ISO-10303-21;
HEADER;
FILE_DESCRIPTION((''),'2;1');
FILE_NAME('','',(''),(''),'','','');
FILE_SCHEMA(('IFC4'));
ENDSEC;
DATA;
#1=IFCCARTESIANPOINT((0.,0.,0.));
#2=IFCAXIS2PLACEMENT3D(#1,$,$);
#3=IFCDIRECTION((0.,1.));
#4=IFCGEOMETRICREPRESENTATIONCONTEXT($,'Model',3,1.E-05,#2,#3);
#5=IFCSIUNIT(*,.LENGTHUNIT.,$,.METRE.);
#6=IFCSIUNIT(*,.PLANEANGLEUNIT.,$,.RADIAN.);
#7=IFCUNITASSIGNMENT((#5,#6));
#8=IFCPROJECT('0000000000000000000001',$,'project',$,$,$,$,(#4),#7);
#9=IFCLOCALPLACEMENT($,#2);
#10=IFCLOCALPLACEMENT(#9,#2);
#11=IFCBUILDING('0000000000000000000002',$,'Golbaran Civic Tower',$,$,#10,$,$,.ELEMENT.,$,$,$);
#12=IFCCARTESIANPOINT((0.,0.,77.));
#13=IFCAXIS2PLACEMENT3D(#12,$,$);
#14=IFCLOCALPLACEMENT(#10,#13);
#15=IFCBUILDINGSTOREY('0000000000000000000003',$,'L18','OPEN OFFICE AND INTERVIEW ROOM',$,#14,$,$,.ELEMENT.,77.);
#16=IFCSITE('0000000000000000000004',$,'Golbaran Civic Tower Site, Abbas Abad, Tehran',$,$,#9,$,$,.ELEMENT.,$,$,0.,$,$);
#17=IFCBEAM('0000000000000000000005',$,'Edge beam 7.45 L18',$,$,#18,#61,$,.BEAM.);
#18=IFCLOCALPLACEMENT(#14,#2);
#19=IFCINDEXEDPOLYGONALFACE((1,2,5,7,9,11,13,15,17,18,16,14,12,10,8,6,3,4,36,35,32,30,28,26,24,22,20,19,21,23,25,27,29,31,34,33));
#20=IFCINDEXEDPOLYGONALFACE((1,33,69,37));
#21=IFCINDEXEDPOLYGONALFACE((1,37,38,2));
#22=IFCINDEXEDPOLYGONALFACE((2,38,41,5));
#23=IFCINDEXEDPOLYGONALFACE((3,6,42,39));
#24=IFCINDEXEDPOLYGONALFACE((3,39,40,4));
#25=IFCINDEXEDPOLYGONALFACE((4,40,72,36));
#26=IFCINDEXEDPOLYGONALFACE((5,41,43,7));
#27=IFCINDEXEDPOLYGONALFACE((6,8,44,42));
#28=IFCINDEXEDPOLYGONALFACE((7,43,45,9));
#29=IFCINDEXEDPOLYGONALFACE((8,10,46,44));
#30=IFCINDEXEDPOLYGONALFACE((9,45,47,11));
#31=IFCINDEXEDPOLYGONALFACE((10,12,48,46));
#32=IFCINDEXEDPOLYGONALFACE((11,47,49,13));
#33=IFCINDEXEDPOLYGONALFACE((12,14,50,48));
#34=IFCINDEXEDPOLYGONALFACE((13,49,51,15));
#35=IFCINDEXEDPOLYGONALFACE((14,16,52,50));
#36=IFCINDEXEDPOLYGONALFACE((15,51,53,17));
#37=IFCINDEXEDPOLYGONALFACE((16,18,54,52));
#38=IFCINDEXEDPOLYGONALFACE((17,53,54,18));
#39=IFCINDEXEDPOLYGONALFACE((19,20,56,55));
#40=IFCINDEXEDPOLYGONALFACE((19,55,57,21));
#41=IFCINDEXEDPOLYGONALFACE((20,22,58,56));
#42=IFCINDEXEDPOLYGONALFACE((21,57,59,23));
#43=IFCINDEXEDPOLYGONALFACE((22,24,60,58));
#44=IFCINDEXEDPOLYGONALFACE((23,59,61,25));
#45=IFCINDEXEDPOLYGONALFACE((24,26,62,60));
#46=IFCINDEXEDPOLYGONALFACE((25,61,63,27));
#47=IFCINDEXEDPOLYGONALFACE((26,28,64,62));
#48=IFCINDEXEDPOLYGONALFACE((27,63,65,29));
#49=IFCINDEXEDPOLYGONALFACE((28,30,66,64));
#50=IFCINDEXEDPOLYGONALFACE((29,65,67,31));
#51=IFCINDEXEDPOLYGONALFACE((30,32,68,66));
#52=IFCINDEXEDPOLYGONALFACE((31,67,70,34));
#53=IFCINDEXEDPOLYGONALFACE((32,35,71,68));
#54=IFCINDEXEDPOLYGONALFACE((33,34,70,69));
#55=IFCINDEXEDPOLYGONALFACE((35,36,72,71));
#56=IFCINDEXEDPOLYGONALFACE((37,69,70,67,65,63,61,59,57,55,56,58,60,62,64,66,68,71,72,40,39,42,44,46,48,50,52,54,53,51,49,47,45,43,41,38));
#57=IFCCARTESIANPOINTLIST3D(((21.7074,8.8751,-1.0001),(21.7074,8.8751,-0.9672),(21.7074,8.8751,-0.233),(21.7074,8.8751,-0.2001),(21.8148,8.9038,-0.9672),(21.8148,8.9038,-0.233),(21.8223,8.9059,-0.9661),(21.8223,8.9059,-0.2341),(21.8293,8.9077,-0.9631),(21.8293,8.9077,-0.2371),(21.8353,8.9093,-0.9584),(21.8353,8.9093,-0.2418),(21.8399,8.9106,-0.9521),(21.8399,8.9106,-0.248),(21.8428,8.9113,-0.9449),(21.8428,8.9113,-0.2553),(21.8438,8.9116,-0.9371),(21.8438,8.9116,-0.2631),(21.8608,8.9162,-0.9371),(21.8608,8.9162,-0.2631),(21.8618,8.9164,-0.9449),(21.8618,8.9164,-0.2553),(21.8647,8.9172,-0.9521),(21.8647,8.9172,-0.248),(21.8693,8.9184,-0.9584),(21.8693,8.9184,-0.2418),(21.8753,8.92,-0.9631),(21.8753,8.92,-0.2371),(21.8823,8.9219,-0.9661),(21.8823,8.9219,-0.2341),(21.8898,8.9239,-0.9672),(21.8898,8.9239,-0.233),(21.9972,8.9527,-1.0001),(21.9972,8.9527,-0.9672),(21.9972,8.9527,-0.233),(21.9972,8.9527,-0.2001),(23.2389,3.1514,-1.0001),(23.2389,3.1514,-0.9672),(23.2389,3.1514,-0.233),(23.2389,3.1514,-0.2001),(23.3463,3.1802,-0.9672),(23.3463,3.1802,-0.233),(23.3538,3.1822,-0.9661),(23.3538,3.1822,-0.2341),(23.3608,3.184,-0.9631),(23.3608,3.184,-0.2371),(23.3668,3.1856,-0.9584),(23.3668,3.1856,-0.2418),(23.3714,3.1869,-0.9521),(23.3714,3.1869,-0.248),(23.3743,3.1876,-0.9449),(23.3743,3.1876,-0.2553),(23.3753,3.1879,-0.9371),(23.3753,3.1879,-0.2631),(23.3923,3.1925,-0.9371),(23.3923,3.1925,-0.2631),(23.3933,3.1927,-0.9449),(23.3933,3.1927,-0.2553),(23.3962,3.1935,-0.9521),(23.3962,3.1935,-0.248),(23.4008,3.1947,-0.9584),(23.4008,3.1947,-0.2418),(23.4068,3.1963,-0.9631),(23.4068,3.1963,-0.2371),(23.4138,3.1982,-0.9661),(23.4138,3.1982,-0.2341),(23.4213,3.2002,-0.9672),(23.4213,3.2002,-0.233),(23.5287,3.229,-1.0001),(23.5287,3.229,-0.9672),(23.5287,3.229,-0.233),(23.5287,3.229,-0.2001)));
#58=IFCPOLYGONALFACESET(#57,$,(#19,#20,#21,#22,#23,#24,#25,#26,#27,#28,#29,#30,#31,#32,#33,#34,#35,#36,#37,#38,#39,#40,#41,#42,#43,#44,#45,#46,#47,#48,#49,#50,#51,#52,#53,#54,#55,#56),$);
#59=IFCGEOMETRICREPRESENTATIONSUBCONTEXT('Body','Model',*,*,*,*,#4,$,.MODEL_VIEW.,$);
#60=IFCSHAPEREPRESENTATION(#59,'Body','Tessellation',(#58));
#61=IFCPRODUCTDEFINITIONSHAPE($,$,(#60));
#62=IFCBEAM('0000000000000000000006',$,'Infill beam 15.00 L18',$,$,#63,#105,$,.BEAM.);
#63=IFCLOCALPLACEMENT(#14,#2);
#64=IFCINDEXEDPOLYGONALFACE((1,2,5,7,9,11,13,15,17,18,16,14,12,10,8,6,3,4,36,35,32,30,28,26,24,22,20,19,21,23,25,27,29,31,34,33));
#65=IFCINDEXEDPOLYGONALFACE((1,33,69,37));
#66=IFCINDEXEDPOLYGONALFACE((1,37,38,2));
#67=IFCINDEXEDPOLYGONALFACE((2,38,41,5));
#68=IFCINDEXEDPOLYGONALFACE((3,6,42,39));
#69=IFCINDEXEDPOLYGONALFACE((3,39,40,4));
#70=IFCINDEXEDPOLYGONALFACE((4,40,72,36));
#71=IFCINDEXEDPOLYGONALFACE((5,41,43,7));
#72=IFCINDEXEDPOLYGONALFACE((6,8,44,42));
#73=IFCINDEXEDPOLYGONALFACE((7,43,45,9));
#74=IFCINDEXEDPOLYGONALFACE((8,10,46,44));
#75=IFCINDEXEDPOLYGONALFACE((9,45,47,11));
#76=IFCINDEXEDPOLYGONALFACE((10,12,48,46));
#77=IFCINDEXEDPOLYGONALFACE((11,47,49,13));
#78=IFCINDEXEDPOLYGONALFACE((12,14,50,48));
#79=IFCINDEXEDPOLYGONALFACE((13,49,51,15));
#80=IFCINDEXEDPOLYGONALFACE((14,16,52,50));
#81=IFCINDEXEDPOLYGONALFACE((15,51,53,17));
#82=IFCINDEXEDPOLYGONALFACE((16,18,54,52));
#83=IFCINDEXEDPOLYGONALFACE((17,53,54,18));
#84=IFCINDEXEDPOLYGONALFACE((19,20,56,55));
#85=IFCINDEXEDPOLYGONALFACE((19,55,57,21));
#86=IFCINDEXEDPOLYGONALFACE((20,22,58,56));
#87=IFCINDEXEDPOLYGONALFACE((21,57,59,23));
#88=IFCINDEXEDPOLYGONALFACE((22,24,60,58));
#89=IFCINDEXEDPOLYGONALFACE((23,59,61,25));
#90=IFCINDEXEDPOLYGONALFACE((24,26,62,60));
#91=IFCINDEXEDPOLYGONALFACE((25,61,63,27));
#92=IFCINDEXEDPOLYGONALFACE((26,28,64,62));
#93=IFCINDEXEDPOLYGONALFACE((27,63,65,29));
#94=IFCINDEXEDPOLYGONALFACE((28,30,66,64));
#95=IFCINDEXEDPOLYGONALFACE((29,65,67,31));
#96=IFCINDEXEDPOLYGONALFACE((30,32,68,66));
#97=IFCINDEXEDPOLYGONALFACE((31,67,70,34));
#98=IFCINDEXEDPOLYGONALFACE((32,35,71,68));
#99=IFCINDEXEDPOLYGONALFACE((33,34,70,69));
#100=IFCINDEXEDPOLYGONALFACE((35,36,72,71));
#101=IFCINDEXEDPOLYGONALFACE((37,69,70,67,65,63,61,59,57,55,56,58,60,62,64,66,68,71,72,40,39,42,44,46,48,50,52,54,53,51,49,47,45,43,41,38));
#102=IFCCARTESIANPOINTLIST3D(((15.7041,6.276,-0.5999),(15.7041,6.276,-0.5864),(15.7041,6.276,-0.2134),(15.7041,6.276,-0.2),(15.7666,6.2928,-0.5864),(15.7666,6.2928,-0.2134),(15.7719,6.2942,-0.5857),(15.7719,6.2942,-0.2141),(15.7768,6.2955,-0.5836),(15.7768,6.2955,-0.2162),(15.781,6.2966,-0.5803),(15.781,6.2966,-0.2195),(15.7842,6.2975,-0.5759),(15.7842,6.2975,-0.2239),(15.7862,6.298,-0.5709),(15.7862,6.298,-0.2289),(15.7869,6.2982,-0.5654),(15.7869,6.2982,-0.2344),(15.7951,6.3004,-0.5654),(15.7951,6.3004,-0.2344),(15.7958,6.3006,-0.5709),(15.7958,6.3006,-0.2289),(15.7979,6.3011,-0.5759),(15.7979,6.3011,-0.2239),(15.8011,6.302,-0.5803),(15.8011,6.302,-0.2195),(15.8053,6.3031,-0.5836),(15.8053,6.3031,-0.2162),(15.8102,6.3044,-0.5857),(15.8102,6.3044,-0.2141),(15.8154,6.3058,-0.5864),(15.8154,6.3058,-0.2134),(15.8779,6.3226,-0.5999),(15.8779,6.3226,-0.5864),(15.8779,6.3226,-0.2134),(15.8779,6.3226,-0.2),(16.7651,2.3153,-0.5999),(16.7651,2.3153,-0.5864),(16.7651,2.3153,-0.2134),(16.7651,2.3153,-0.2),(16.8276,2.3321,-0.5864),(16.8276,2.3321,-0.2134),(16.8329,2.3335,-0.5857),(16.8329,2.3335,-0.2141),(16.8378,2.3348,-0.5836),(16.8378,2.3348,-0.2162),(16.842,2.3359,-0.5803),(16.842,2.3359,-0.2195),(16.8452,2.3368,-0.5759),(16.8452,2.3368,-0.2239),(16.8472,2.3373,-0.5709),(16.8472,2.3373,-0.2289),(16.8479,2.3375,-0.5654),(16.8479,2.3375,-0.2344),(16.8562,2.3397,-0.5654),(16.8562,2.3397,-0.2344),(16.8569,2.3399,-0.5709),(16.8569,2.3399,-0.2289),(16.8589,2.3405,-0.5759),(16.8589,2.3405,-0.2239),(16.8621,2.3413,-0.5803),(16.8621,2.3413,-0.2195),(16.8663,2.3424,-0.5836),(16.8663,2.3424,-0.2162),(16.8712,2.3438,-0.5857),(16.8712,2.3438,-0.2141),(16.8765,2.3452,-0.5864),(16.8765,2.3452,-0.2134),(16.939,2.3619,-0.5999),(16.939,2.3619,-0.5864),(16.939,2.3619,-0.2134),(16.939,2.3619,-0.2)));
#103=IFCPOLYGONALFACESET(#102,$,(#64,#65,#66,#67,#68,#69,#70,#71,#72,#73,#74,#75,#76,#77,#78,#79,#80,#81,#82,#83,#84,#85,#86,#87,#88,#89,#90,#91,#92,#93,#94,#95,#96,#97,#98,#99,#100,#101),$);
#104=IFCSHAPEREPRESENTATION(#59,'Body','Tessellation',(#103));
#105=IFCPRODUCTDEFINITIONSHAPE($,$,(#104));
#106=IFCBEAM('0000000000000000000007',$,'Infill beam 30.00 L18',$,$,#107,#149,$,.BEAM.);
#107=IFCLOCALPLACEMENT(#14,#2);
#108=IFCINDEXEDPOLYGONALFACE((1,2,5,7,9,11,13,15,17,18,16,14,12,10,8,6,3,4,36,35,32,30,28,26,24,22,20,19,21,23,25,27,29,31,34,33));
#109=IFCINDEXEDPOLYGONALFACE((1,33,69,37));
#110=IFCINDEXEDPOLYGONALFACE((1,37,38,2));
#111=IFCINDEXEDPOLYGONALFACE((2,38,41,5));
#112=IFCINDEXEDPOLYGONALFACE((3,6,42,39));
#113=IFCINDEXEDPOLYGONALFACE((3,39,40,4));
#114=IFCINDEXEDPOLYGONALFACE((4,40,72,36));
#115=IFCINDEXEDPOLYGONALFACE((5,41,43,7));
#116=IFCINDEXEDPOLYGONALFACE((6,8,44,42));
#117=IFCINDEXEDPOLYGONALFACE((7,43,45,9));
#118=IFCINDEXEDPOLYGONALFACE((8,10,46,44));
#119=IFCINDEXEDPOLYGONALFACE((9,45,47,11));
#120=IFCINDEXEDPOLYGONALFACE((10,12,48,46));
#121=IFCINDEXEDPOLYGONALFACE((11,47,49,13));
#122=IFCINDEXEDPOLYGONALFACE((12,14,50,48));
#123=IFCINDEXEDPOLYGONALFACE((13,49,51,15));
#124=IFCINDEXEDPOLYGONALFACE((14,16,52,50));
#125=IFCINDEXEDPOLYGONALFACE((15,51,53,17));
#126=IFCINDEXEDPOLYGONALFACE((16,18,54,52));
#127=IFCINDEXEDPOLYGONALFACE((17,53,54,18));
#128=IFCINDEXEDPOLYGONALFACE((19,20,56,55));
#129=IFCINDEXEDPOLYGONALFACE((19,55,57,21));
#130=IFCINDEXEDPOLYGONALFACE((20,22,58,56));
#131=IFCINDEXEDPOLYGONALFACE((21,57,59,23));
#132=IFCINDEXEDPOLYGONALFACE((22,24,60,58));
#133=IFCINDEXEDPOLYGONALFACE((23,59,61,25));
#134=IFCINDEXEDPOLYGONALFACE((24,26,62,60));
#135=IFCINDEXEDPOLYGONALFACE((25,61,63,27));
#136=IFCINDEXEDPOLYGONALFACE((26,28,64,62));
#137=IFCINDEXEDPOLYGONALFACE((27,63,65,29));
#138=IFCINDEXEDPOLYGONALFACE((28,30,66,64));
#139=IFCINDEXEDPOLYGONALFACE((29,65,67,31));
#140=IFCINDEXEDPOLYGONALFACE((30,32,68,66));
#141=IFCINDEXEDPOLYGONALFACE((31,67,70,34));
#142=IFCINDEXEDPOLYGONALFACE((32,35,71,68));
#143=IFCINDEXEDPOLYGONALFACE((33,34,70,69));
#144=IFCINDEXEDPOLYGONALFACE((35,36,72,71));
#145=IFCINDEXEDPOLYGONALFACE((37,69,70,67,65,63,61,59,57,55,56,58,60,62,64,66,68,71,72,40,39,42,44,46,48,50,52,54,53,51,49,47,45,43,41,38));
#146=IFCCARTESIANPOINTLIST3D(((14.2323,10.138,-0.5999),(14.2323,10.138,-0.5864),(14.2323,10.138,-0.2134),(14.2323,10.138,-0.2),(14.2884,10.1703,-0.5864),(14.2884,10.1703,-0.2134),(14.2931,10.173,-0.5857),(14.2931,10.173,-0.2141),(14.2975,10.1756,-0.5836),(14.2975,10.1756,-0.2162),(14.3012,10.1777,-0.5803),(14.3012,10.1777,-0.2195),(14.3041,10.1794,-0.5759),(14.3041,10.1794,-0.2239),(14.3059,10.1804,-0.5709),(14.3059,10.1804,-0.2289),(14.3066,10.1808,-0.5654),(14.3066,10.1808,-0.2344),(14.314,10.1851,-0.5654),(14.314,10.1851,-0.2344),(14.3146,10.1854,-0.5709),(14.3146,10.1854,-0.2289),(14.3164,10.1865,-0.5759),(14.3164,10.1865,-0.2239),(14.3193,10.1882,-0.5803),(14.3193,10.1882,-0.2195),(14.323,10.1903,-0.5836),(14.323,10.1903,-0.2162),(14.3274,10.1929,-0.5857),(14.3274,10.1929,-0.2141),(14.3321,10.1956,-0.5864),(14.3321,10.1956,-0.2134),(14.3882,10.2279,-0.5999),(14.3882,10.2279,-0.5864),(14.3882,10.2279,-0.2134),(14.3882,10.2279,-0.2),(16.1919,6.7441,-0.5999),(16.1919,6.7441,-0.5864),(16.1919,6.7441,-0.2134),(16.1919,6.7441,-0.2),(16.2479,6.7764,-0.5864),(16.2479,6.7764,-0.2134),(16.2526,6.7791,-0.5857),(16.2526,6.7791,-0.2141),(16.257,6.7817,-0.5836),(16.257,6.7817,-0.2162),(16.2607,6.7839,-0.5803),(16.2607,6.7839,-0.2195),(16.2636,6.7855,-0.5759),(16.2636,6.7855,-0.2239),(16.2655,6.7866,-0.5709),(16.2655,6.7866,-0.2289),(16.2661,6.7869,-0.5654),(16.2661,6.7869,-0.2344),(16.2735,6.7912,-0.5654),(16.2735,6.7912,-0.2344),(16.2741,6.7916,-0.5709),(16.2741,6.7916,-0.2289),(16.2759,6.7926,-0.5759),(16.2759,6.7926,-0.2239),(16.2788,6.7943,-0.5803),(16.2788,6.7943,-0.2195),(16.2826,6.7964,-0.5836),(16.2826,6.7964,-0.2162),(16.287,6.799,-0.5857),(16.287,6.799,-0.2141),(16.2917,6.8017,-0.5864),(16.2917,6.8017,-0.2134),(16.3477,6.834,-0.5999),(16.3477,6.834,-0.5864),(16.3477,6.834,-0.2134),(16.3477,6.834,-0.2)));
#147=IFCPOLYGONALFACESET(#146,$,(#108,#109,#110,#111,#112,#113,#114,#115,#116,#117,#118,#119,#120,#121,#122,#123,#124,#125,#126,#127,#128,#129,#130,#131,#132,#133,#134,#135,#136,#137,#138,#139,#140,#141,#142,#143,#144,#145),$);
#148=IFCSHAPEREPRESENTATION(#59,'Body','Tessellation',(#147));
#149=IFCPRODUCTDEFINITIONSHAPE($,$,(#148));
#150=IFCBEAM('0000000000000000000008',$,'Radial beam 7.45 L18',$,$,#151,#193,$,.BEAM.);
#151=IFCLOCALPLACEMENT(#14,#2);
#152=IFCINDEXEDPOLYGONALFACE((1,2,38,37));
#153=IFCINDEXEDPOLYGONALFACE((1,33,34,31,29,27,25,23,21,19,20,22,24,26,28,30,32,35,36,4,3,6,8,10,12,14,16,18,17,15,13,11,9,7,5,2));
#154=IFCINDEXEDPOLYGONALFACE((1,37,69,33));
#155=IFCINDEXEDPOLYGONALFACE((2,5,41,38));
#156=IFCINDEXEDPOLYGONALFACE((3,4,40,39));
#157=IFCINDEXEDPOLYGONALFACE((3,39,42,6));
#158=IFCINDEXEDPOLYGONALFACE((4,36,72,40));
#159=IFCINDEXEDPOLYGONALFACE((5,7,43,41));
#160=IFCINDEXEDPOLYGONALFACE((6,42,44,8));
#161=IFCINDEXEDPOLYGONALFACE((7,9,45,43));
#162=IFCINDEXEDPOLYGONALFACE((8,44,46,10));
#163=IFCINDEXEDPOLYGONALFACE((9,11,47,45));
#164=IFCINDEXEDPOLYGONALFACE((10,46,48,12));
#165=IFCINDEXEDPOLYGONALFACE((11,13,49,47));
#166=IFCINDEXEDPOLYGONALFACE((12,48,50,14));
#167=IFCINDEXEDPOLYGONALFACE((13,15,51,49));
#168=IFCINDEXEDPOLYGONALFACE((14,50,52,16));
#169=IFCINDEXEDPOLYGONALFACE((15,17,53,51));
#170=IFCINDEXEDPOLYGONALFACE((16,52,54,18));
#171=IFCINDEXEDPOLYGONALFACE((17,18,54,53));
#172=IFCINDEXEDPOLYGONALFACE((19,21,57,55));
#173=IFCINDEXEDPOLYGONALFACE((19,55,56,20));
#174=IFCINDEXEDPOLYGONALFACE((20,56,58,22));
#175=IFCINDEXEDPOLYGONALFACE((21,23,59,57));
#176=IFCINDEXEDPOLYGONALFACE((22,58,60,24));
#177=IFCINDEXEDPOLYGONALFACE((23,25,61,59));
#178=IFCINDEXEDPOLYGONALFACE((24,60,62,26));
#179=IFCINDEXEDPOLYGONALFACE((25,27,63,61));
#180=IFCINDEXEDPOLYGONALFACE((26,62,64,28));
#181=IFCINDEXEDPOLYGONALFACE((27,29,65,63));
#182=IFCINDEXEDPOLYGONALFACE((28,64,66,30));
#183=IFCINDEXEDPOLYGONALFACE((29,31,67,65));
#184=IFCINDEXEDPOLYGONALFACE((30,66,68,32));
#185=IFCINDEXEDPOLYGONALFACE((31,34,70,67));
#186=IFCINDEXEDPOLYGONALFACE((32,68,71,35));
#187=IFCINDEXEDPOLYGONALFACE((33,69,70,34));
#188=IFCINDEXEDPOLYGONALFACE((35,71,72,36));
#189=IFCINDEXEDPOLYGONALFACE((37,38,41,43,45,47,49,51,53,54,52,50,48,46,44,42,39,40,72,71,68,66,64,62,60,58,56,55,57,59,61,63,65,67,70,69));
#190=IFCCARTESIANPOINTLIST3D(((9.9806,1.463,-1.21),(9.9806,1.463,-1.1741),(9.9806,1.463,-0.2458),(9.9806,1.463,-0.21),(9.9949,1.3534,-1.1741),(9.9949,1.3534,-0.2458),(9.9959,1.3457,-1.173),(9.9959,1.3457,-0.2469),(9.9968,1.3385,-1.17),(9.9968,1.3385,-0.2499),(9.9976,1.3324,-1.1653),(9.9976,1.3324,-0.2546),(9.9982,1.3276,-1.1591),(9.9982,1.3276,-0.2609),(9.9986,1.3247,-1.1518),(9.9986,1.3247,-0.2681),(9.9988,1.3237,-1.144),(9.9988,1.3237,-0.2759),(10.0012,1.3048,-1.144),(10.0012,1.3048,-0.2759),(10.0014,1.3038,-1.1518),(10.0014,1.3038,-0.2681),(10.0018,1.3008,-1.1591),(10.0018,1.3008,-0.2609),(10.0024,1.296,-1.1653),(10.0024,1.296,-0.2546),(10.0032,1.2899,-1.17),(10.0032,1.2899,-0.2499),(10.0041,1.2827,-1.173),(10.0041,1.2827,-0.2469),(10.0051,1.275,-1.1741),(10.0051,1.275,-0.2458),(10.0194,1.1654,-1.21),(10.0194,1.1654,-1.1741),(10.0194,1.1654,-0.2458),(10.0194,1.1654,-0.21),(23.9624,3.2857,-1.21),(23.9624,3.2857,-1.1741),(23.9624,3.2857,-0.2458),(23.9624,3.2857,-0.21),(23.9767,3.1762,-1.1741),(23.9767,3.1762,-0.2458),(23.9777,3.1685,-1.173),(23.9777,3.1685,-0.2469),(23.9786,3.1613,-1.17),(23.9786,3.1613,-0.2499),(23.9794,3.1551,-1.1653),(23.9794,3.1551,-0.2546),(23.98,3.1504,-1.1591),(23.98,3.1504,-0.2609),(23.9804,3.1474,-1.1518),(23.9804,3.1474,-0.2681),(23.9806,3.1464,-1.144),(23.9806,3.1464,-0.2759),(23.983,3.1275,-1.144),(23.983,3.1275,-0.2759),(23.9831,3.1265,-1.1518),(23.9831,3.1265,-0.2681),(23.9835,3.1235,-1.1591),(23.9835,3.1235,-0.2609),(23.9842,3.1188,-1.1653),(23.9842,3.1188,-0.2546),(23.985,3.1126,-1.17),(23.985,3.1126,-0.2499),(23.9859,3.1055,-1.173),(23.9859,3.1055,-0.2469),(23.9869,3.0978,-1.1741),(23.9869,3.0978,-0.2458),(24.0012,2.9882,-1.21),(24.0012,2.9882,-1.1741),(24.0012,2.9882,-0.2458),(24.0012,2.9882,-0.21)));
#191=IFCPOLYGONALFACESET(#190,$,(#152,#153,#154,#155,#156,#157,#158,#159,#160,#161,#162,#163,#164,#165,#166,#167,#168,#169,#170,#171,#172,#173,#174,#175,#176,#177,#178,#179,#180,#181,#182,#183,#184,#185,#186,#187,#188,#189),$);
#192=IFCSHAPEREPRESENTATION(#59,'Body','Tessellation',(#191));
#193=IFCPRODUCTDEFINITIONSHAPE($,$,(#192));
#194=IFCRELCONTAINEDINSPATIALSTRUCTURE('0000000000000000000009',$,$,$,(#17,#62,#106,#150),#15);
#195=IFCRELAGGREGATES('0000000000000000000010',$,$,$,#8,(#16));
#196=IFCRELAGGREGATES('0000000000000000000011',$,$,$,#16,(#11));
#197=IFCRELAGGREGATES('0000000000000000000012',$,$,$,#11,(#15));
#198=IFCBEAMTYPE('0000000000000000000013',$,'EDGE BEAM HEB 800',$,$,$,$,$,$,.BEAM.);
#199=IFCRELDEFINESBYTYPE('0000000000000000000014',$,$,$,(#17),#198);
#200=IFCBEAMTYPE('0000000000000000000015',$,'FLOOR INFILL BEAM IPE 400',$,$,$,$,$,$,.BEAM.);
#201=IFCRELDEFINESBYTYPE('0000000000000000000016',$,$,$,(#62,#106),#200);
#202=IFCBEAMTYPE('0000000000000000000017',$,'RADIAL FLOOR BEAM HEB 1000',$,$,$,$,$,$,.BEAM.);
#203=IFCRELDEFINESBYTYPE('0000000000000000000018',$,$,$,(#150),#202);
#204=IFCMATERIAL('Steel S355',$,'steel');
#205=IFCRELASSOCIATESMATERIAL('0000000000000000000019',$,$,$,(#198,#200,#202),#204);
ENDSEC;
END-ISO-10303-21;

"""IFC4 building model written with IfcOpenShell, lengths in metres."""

from ifc_helpers import new_model, si_unit, direction, frame, origin, origin_2d, place, context, subcontext, project, spatial, i_section, extrude, material, material_profile, profile_set, type_object, element, save


model = new_model("IFC4")

# Units and contexts
model_context = context("Model", 3, precision=1e-05, world=origin(), true_north=direction((0.0, 1.0)))
body_context = subcontext(model_context, "Body", "Model", "MODEL_VIEW")
ifc_project = project(units=[si_unit("LENGTHUNIT", "METRE"), si_unit("PLANEANGLEUNIT", "RADIAN")], contexts=[model_context])

# Site, building, storey
site_placement = place(None, origin())
site = spatial("IfcSite", under=ifc_project, at=site_placement, Name="Golbaran Civic Tower Site, Abbas Abad, Tehran", CompositionType="ELEMENT", RefElevation=0.0)
building_placement = place(site_placement, origin())
building = spatial("IfcBuilding", under=site, at=building_placement, Name="Golbaran Civic Tower", CompositionType="ELEMENT")
storey_placement = place(building_placement, frame((0.0, 0.0, 77.0)))
storey = spatial("IfcBuildingStorey", under=building, at=storey_placement, Name="L18", Description="OPEN OFFICE AND INTERVIEW ROOM", CompositionType="ELEMENT", Elevation=77.0)

# Beams
ifc_material_1 = material(Name="Steel S355", Category="steel")
ifc_material_profile_1 = material_profile(ifc_material_1, i_section(OverallWidth=0.3, OverallDepth=0.8, WebThickness=0.0176, FlangeThickness=0.033, FilletRadius=0.03, at=origin_2d()), Name="HEB 800")
ifc_profile_set_1 = profile_set([ifc_material_profile_1], Name="Steel S355")
beam_type_1 = type_object("IfcBeamType", Name="EDGE BEAM HEB 800", PredefinedType="BEAM", material=ifc_profile_set_1)
beam_1_placement = place(storey_placement, frame((23.3838, 3.1902, -0.6001), z_axis=(-0.258481, 0.966016, 0.0), x_axis=(-0.966016, -0.258481, 0.0)))
element("IfcBeam", 1, at=beam_1_placement, inside=storey, type_object=beam_type_1, Name="Edge beam 7.45 L18", PredefinedType="BEAM", context=body_context, shape_type="SweptSolid", body=[
    extrude(i_section(OverallWidth=0.3, OverallDepth=0.8, WebThickness=0.0176, FlangeThickness=0.033, FilletRadius=0.03, at=origin_2d()), origin(), (0.0, 0.0, 1.0), 5.925),
])
ifc_material_profile_2 = material_profile(ifc_material_1, i_section(OverallWidth=0.1799, OverallDepth=0.3999, WebThickness=0.0085, FlangeThickness=0.0134, FilletRadius=0.021, at=origin_2d()), Name="IPE 400")
ifc_profile_set_2 = profile_set([ifc_material_profile_2], Name="Steel S355")
beam_type_2 = type_object("IfcBeamType", Name="FLOOR INFILL BEAM IPE 400", PredefinedType="BEAM", material=ifc_profile_set_2)
beam_2_placement = place(storey_placement, frame((16.8521, 2.3386, -0.3999), z_axis=(-0.258767, 0.96594, 0.0), x_axis=(-0.96594, -0.258767, 0.0)))
element("IfcBeam", 2, at=beam_2_placement, inside=storey, type_object=beam_type_2, Name="Infill beam 15.00 L18", PredefinedType="BEAM", context=body_context, shape_type="SweptSolid", body=[
    extrude(i_section(OverallWidth=0.1799, OverallDepth=0.3999, WebThickness=0.0085, FlangeThickness=0.0134, FilletRadius=0.021, at=origin_2d()), origin(), (0.0, 0.0, 1.0), 4.1003),
])
beam_3_placement = place(storey_placement, frame((16.2698, 6.7891, -0.3999), z_axis=(-0.500012, 0.866019, 0.0), x_axis=(-0.866019, -0.500012, 0.0)))
element("IfcBeam", 3, at=beam_3_placement, inside=storey, type_object=beam_type_2, Name="Infill beam 30.00 L18", PredefinedType="BEAM", context=body_context, shape_type="SweptSolid", body=[
    extrude(i_section(OverallWidth=0.1799, OverallDepth=0.3999, WebThickness=0.0085, FlangeThickness=0.0134, FilletRadius=0.021, at=origin_2d()), origin(), (0.0, 0.0, 1.0), 3.9189),
])
ifc_material_profile_3 = material_profile(ifc_material_1, i_section(OverallWidth=0.3, OverallDepth=1.0, WebThickness=0.019, FlangeThickness=0.0359, FilletRadius=0.03, at=origin_2d()), Name="HEB 1000")
ifc_profile_set_3 = profile_set([ifc_material_profile_3], Name="Steel S355")
beam_type_3 = type_object("IfcBeamType", Name="RADIAL FLOOR BEAM HEB 1000", PredefinedType="BEAM", material=ifc_profile_set_3)
beam_4_placement = place(storey_placement, frame((10.0, 1.3142, -0.71), z_axis=(0.991609, 0.129273, 0.0), x_axis=(-0.129273, 0.991609, 0.0)))
element("IfcBeam", 4, at=beam_4_placement, inside=storey, type_object=beam_type_3, Name="Radial beam 7.45 L18", PredefinedType="BEAM", context=body_context, shape_type="SweptSolid", body=[
    extrude(i_section(OverallWidth=0.3, OverallDepth=1.0, WebThickness=0.019, FlangeThickness=0.0359, FilletRadius=0.03, at=origin_2d()), origin(), (0.0, 0.0, 1.0), 14.1001),
])

save(model, "model.ifc")
